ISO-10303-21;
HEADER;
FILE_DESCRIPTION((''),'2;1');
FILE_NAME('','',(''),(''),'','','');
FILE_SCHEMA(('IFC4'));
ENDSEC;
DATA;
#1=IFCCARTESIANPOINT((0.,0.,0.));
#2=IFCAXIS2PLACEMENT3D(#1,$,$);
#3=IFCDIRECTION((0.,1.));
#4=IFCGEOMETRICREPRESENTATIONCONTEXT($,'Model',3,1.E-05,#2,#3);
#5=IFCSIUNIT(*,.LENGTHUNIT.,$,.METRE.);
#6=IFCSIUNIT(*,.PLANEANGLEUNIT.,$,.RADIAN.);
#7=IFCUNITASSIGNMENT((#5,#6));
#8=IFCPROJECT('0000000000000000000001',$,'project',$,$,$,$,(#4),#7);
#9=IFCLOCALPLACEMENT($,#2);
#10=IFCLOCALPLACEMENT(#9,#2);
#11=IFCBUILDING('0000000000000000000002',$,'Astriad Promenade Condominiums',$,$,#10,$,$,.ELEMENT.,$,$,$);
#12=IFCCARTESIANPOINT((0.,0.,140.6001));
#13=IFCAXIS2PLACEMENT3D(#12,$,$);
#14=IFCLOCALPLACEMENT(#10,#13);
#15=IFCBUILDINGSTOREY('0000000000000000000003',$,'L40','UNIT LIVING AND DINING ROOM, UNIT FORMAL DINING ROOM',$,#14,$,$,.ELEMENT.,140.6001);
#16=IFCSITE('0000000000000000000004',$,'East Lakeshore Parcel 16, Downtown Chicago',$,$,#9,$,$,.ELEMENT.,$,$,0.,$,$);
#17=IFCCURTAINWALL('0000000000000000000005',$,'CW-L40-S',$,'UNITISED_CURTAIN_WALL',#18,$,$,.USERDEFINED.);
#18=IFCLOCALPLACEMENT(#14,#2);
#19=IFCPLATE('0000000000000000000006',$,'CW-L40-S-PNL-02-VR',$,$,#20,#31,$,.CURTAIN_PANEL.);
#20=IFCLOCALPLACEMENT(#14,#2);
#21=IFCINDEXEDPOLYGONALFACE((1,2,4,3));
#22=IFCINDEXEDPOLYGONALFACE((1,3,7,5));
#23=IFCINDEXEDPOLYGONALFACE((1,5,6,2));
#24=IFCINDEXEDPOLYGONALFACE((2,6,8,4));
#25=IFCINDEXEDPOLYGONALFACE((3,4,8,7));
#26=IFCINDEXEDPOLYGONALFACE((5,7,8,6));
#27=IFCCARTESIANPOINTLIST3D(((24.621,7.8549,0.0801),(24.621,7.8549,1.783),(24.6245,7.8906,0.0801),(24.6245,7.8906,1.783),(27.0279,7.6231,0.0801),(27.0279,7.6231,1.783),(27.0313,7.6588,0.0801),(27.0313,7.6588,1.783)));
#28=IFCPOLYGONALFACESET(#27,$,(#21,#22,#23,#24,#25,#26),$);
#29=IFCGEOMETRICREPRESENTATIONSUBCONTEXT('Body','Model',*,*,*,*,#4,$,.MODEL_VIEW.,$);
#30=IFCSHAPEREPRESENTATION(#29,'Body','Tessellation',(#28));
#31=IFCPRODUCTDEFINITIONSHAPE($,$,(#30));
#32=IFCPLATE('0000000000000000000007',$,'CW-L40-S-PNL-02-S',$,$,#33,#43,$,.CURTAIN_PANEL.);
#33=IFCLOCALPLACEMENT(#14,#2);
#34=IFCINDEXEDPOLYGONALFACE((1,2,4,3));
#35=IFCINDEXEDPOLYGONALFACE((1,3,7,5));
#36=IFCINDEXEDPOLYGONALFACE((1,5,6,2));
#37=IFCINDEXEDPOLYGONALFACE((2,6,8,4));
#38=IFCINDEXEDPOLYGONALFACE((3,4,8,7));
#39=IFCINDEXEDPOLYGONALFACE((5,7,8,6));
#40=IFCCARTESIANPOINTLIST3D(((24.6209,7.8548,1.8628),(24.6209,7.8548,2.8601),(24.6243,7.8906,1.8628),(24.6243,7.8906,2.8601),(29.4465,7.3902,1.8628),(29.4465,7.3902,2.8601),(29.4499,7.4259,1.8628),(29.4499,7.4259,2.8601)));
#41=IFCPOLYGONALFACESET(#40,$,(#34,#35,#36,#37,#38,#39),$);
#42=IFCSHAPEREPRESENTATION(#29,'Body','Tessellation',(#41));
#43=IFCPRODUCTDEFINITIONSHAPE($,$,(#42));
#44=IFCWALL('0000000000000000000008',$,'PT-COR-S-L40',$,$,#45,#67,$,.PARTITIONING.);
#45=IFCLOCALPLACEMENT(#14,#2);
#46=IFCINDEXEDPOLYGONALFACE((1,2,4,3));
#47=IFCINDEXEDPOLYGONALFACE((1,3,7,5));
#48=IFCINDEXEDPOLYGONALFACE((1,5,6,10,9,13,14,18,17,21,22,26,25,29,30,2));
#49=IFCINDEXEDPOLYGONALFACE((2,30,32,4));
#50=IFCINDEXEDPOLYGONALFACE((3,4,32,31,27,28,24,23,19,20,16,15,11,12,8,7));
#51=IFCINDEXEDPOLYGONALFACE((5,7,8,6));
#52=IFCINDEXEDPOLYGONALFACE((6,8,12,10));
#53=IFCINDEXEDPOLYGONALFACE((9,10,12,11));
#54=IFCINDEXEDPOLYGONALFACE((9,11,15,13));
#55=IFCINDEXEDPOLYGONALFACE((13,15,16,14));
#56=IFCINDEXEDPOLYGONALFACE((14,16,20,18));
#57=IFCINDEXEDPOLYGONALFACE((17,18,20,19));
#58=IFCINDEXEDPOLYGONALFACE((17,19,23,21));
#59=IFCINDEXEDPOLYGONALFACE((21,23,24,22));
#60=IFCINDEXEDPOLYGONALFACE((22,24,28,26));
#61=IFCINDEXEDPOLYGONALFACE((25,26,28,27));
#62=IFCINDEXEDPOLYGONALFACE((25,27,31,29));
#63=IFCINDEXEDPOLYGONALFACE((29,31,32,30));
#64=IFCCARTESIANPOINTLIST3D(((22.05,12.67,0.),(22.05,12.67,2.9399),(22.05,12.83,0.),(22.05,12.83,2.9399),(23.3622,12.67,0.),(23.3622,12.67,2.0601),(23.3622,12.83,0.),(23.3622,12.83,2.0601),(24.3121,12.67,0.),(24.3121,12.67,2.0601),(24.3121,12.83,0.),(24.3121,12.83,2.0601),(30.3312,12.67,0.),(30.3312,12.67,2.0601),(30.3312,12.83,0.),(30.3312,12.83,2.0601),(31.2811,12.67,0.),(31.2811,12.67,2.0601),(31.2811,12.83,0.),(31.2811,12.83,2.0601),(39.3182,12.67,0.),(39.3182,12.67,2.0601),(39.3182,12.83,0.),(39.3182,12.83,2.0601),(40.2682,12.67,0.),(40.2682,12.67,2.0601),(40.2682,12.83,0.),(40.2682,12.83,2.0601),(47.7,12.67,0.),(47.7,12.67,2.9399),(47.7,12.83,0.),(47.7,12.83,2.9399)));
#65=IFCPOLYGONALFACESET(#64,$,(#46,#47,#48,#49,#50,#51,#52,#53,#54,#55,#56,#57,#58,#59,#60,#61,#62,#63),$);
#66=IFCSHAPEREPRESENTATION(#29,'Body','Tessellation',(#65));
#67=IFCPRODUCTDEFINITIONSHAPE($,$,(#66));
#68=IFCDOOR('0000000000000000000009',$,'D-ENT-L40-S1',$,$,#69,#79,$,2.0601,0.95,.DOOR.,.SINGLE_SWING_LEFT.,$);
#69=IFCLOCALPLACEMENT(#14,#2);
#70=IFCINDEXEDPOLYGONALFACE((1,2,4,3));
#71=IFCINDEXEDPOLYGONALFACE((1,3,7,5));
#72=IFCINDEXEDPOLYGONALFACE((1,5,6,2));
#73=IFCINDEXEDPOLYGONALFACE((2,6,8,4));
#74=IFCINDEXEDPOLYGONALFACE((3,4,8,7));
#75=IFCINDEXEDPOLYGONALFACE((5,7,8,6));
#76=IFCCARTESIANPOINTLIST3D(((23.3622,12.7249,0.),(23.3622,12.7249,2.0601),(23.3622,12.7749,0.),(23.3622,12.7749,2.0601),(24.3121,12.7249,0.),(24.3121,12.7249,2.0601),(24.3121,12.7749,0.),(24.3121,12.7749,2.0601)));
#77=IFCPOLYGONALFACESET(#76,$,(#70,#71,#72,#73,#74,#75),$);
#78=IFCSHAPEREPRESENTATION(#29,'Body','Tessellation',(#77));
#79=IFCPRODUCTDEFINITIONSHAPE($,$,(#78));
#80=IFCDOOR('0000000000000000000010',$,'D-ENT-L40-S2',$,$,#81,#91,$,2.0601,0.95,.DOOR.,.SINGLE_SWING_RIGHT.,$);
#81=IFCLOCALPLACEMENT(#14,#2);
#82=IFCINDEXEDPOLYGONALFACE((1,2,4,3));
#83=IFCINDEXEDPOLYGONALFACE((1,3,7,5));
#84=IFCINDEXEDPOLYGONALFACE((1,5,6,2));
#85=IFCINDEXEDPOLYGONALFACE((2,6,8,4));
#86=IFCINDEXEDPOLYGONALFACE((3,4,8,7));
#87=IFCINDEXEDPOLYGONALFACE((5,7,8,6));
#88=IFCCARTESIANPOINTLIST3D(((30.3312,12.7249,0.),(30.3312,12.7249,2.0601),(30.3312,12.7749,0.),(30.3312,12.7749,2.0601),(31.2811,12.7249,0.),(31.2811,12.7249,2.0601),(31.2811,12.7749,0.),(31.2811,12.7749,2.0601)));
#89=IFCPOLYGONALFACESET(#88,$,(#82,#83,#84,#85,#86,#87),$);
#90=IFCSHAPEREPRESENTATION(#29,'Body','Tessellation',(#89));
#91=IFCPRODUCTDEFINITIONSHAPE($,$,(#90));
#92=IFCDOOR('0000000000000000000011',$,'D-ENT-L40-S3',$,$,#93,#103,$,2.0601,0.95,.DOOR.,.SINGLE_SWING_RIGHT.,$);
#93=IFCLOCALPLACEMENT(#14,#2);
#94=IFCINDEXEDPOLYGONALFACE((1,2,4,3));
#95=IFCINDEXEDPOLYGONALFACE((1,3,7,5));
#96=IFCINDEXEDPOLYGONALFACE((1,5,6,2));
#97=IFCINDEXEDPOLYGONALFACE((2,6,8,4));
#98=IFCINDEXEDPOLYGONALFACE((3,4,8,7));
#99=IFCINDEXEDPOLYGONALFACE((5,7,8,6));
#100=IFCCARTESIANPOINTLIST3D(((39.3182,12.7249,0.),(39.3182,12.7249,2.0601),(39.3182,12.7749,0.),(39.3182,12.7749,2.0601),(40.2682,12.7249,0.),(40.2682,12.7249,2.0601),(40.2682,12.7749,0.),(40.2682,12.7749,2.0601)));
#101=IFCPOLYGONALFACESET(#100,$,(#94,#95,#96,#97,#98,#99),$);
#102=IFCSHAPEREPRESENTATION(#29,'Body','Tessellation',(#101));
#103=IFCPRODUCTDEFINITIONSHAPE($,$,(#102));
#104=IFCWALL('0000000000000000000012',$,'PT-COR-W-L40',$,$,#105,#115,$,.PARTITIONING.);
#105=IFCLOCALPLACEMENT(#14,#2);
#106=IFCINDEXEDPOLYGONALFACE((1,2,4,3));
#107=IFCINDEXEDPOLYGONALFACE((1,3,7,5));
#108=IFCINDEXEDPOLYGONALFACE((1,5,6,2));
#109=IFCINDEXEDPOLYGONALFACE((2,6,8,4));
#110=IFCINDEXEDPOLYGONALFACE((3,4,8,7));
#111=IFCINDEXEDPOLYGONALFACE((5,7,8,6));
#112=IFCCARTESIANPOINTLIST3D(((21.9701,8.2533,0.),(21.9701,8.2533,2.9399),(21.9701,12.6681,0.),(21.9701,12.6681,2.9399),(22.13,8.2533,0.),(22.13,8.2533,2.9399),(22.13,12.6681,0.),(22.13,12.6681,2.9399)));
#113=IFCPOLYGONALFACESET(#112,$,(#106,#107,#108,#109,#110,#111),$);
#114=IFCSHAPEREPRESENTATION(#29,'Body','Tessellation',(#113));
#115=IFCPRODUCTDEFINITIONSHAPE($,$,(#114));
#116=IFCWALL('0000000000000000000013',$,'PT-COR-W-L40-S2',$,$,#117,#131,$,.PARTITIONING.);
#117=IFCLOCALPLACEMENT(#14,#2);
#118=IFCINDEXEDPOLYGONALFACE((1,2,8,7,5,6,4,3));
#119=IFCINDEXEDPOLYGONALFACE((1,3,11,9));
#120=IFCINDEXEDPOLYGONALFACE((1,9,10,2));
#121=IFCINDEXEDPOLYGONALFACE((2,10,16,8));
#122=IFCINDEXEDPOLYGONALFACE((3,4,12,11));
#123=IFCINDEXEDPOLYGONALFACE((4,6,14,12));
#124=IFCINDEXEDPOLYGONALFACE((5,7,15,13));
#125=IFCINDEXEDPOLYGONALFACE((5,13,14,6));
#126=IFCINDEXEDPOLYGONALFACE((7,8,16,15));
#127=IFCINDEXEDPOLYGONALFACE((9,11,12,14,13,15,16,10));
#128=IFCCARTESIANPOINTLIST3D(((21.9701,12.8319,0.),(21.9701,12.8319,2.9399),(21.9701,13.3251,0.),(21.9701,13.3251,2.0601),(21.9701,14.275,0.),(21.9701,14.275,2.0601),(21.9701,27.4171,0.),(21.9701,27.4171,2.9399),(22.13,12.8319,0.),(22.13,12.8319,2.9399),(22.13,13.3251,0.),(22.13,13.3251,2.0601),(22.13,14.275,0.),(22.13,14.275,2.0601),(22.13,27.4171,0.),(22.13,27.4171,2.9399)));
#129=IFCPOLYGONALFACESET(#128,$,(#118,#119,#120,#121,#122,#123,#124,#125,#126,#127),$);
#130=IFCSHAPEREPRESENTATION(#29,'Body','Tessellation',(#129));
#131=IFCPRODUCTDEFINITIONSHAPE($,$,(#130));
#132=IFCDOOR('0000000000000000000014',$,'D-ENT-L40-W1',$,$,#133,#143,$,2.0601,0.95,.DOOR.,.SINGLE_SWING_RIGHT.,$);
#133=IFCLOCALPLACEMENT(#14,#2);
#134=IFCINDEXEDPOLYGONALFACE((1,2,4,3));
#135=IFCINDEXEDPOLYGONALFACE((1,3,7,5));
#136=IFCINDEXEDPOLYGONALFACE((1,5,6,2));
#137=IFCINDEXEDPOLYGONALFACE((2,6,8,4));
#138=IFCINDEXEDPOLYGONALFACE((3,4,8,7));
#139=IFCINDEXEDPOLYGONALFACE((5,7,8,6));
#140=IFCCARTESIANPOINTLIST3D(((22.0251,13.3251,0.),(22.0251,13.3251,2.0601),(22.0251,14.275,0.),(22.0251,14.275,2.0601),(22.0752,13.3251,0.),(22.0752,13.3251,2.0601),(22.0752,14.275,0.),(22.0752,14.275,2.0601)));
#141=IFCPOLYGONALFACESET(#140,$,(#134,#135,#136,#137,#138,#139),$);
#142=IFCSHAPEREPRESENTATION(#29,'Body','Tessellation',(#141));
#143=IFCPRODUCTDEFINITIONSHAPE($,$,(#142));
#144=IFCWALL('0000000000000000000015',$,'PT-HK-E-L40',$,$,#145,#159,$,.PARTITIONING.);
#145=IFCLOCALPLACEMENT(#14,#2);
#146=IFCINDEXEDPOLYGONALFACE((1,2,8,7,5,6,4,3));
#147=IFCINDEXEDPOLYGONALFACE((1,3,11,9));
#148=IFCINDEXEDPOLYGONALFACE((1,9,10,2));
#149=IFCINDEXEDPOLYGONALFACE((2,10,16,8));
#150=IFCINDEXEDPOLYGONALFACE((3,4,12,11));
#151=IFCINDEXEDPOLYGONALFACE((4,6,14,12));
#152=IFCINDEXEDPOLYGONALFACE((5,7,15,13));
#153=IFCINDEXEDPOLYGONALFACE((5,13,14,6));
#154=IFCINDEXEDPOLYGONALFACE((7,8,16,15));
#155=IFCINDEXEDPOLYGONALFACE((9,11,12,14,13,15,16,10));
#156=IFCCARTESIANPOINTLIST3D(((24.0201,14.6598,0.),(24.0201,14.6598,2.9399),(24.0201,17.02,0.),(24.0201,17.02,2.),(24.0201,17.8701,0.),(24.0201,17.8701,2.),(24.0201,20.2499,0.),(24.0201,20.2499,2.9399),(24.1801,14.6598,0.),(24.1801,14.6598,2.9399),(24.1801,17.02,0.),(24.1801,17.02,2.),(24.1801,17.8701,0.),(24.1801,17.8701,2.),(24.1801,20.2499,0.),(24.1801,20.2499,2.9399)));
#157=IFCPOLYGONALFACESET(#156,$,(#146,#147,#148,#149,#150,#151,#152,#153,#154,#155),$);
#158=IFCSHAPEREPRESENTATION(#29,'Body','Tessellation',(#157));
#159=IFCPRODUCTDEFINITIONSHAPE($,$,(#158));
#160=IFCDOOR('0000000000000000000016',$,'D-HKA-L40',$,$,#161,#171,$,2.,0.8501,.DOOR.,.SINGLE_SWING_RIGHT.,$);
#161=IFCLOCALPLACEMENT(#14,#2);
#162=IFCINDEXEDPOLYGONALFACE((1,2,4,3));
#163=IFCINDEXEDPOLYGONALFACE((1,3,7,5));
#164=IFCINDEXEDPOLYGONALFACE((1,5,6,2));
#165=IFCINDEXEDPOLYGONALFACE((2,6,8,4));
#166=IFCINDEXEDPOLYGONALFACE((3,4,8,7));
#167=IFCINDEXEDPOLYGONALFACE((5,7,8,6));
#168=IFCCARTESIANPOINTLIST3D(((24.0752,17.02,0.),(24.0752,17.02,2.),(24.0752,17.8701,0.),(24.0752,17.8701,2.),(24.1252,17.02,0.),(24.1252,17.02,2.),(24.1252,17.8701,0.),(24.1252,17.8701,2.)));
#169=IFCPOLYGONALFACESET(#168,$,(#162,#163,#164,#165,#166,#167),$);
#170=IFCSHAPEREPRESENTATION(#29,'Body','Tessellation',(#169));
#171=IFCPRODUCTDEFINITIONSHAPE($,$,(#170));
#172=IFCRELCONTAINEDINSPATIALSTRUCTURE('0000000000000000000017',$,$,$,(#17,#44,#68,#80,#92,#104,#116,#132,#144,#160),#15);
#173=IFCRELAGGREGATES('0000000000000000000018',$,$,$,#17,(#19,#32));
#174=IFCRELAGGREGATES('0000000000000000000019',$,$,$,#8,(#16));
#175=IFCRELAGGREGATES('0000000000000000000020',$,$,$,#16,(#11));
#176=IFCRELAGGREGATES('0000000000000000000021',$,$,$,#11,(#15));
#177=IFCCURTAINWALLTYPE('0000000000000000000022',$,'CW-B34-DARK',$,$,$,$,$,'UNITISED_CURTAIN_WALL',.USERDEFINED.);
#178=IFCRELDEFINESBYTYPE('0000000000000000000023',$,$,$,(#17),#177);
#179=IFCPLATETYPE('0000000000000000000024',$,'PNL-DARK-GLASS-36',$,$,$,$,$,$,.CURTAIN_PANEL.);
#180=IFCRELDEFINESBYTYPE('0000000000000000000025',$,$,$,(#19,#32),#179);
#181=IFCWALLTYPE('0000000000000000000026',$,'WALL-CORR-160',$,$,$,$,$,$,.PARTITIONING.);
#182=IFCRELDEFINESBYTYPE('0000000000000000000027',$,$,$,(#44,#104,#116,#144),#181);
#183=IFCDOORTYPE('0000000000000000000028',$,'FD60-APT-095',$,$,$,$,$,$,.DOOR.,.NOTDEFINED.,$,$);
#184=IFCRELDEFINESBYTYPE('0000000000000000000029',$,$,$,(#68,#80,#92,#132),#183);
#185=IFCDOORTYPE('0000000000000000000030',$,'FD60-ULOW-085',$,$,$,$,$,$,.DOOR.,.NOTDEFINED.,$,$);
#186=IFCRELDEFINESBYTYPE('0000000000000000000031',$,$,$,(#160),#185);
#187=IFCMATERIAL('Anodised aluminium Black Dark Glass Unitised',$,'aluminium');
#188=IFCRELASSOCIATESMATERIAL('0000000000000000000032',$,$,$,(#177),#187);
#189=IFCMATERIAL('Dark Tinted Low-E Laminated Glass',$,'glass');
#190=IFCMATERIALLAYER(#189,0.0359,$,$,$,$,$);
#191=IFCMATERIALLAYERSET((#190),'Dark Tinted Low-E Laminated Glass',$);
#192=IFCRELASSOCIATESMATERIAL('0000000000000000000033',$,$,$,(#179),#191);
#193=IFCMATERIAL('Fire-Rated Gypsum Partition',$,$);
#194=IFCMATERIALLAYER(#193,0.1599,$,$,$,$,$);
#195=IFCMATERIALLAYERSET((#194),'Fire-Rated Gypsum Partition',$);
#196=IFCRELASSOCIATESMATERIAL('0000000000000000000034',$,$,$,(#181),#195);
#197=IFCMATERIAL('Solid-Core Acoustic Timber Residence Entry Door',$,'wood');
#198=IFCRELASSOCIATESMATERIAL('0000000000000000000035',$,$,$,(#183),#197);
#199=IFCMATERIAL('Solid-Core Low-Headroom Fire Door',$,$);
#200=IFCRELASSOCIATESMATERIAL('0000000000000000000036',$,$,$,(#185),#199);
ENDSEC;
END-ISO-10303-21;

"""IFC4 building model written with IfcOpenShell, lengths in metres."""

from ifc_helpers import new_model, si_unit, direction, frame, frame_2d, origin, origin_2d, place, context, subcontext, project, spatial, rectangle, extrude, source, transform, mapped, material, layer, layer_set, type_object, type_shapes, element, fill, aggregate, save


model = new_model("IFC4")

# Units and contexts
model_context = context("Model", 3, precision=1e-05, world=origin(), true_north=direction((0.0, 1.0)))
body_context = subcontext(model_context, "Body", "Model", "MODEL_VIEW")
ifc_project = project(units=[si_unit("LENGTHUNIT", "METRE"), si_unit("PLANEANGLEUNIT", "RADIAN")], contexts=[model_context])

# Site, building, storey
site_placement = place(None, origin())
site = spatial("IfcSite", under=ifc_project, at=site_placement, Name="East Lakeshore Parcel 16, Downtown Chicago", CompositionType="ELEMENT", RefElevation=0.0)
building_placement = place(site_placement, origin())
building = spatial("IfcBuilding", under=site, at=building_placement, Name="Astriad Promenade Condominiums", CompositionType="ELEMENT")
storey_placement = place(building_placement, frame((0.0, 0.0, 140.6001)))
storey = spatial("IfcBuildingStorey", under=building, at=storey_placement, Name="L40", Description="UNIT LIVING AND DINING ROOM, UNIT FORMAL DINING ROOM", CompositionType="ELEMENT", Elevation=140.6001)

# Curtain wall, plates
ifc_material_1 = material(Name="Anodised aluminium Black Dark Glass Unitised", Category="aluminium")
curtain_wall_type = type_object("IfcCurtainWallType", Name="CW-B34-DARK", ElementType="UNITISED_CURTAIN_WALL", PredefinedType="USERDEFINED", material=ifc_material_1)
curtain_wall_placement = place(storey_placement, origin())
curtain_wall = element("IfcCurtainWall", 1, at=curtain_wall_placement, inside=storey, type_object=curtain_wall_type, Name="CW-L40-S", ObjectType="UNITISED_CURTAIN_WALL", PredefinedType="USERDEFINED")
ifc_material_2 = material(Name="Dark Tinted Low-E Laminated Glass", Category="glass")
ifc_layer_1 = layer(ifc_material_2, 0.0359)
ifc_layer_set_1 = layer_set([ifc_layer_1], Name="Dark Tinted Low-E Laminated Glass")
plate_type = type_object("IfcPlateType", Name="PNL-DARK-GLASS-36", PredefinedType="CURTAIN_PANEL", material=ifc_layer_set_1)
shared_shape_1 = source(origin(), body_context, "Body", "SweptSolid", [
    extrude(rectangle(XDim=2.418, YDim=0.0359, at=origin_2d()), origin(), (0.0, 0.0, 1.0), 1.7029),
])
plate_1_placement = place(storey_placement, frame((25.8262, 7.7568, 0.0801), z_axis=(0.0, 0.0, 1.0), x_axis=(-0.995396, 0.095846, 0.0)))
plate_1 = element("IfcPlate", 2, at=plate_1_placement, type_object=plate_type, Name="CW-L40-S-PNL-02-VR", PredefinedType="CURTAIN_PANEL", context=body_context, shape_type="MappedRepresentation", body=[
    mapped(shared_shape_1, transform((0.0, 0.0, 0.0), scale=1.0)),
])
shared_shape_2 = source(origin(), body_context, "Body", "SweptSolid", [
    extrude(rectangle(XDim=4.8479, YDim=0.0359, at=origin_2d()), origin(), (0.0, 0.0, 1.0), 0.9973),
])
type_shapes(plate_type, [shared_shape_1, shared_shape_2])
plate_2_placement = place(storey_placement, frame((27.0354, 7.6404, 1.8628), z_axis=(0.0, 0.0, 1.0), x_axis=(-0.995396, 0.095846, 0.0)))
plate_2 = element("IfcPlate", 3, at=plate_2_placement, type_object=plate_type, Name="CW-L40-S-PNL-02-S", PredefinedType="CURTAIN_PANEL", context=body_context, shape_type="MappedRepresentation", body=[
    mapped(shared_shape_2, transform((0.0, 0.0, 0.0), scale=1.0)),
])
aggregate(curtain_wall, [plate_1, plate_2])

# Wall, openings, doors
ifc_material_3 = material(Name="Fire-Rated Gypsum Partition")
ifc_layer_2 = layer(ifc_material_3, 0.1599)
ifc_layer_set_2 = layer_set([ifc_layer_2], Name="Fire-Rated Gypsum Partition")
wall_type_1 = type_object("IfcWallType", Name="WALL-CORR-160", PredefinedType="PARTITIONING", material=ifc_layer_set_2)
wall_1_placement = place(storey_placement, frame((22.05, 12.75, 0.0), z_axis=(0.0, 0.0, 1.0), x_axis=(1.0, 0.0, 0.0)))
wall_1 = element("IfcWall", 4, at=wall_1_placement, inside=storey, type_object=wall_type_1, Name="PT-COR-S-L40", PredefinedType="PARTITIONING", context=body_context, shape_type="SweptSolid", body=[
    extrude(rectangle(XDim=25.6499, YDim=0.1599, at=frame_2d((12.825, 0.0))), origin(), (0.0, 0.0, 1.0), 2.9399),
])
opening_1_placement = place(wall_1_placement, frame((1.312, 0.0, 0.0)))
opening_1 = element("IfcOpeningElement", 5, at=opening_1_placement, cuts=wall_1, PredefinedType="OPENING", context=body_context, shape_type="SweptSolid", body=[
    extrude(rectangle(XDim=0.95, YDim=2.0601, at=frame_2d((0.4751, 1.03))), frame((0.0, 0.0898, 0.0), z_axis=(0.0, -1.0, 0.0), x_axis=(1.0, 0.0, 0.0)), (0.0, 0.0, 1.0), 0.1799),
])
opening_2_placement = place(wall_1_placement, frame((8.281, 0.0, 0.0)))
opening_2 = element("IfcOpeningElement", 6, at=opening_2_placement, cuts=wall_1, PredefinedType="OPENING", context=body_context, shape_type="SweptSolid", body=[
    extrude(rectangle(XDim=0.95, YDim=2.0601, at=frame_2d((0.4751, 1.03))), frame((0.0, 0.0898, 0.0), z_axis=(0.0, -1.0, 0.0), x_axis=(1.0, 0.0, 0.0)), (0.0, 0.0, 1.0), 0.1799),
])
opening_3_placement = place(wall_1_placement, frame((17.2681, 0.0, 0.0)))
opening_3 = element("IfcOpeningElement", 7, at=opening_3_placement, cuts=wall_1, PredefinedType="OPENING", context=body_context, shape_type="SweptSolid", body=[
    extrude(rectangle(XDim=0.95, YDim=2.0601, at=frame_2d((0.4751, 1.03))), frame((0.0, 0.0898, 0.0), z_axis=(0.0, -1.0, 0.0), x_axis=(1.0, 0.0, 0.0)), (0.0, 0.0, 1.0), 0.1799),
])
ifc_material_4 = material(Name="Solid-Core Acoustic Timber Residence Entry Door", Category="wood")
door_type_1 = type_object("IfcDoorType", Name="FD60-APT-095", OperationType="NOTDEFINED", PredefinedType="DOOR", material=ifc_material_4)
shared_shape_3 = source(origin(), body_context, "Body", "SweptSolid", [
    extrude(rectangle(XDim=0.95, YDim=2.0601, at=frame_2d((0.4751, 1.03))), frame((0.0, 0.0249, 0.0), z_axis=(0.0, -1.0, 0.0), x_axis=(1.0, 0.0, 0.0)), (0.0, 0.0, 1.0), 0.05),
])
type_shapes(door_type_1, [shared_shape_3])
door_1_placement = place(opening_1_placement, origin())
door_1 = element("IfcDoor", 8, at=door_1_placement, inside=storey, type_object=door_type_1, Name="D-ENT-L40-S1", OperationType="SINGLE_SWING_LEFT", OverallHeight=2.0601, OverallWidth=0.95, PredefinedType="DOOR", context=body_context, shape_type="MappedRepresentation", body=[
    mapped(shared_shape_3, transform((0.0, 0.0, 0.0), scale=1.0)),
])
fill(opening_1, door_1)
door_2_placement = place(opening_2_placement, origin())
door_2 = element("IfcDoor", 9, at=door_2_placement, inside=storey, type_object=door_type_1, Name="D-ENT-L40-S2", OperationType="SINGLE_SWING_RIGHT", OverallHeight=2.0601, OverallWidth=0.95, PredefinedType="DOOR", context=body_context, shape_type="MappedRepresentation", body=[
    mapped(shared_shape_3, transform((0.0, 0.0, 0.0), scale=1.0)),
])
fill(opening_2, door_2)
door_3_placement = place(opening_3_placement, origin())
door_3 = element("IfcDoor", 10, at=door_3_placement, inside=storey, type_object=door_type_1, Name="D-ENT-L40-S3", OperationType="SINGLE_SWING_RIGHT", OverallHeight=2.0601, OverallWidth=0.95, PredefinedType="DOOR", context=body_context, shape_type="MappedRepresentation", body=[
    mapped(shared_shape_3, transform((0.0, 0.0, 0.0), scale=1.0)),
])
fill(opening_3, door_3)

# Wall
wall_2_placement = place(storey_placement, frame((22.05, 8.2532, 0.0), z_axis=(0.0, 0.0, 1.0), x_axis=(0.0, 1.0, 0.0)))
element("IfcWall", 11, at=wall_2_placement, inside=storey, type_object=wall_type_1, Name="PT-COR-W-L40", PredefinedType="PARTITIONING", context=body_context, shape_type="SweptSolid", body=[
    extrude(rectangle(XDim=4.4148, YDim=0.1599, at=frame_2d((2.2075, 0.0))), origin(), (0.0, 0.0, 1.0), 2.9399),
])

# Walls, openings, doors
wall_3_placement = place(storey_placement, frame((22.05, 12.832, 0.0), z_axis=(0.0, 0.0, 1.0), x_axis=(0.0, 1.0, 0.0)))
wall_3 = element("IfcWall", 12, at=wall_3_placement, inside=storey, type_object=wall_type_1, Name="PT-COR-W-L40-S2", PredefinedType="PARTITIONING", context=body_context, shape_type="SweptSolid", body=[
    extrude(rectangle(XDim=14.5852, YDim=0.1599, at=frame_2d((7.2925, 0.0))), origin(), (0.0, 0.0, 1.0), 2.9399),
])
opening_4_placement = place(wall_3_placement, frame((0.4929, 0.0, 0.0)))
opening_4 = element("IfcOpeningElement", 13, at=opening_4_placement, cuts=wall_3, PredefinedType="OPENING", context=body_context, shape_type="SweptSolid", body=[
    extrude(rectangle(XDim=0.95, YDim=2.0601, at=frame_2d((0.4751, 1.03))), frame((0.0, 0.0898, 0.0), z_axis=(0.0, -1.0, 0.0), x_axis=(1.0, 0.0, 0.0)), (0.0, 0.0, 1.0), 0.1799),
])
door_4_placement = place(opening_4_placement, origin())
door_4 = element("IfcDoor", 14, at=door_4_placement, inside=storey, type_object=door_type_1, Name="D-ENT-L40-W1", OperationType="SINGLE_SWING_RIGHT", OverallHeight=2.0601, OverallWidth=0.95, PredefinedType="DOOR", context=body_context, shape_type="MappedRepresentation", body=[
    mapped(shared_shape_3, transform((0.0, 0.0, 0.0), scale=1.0)),
])
fill(opening_4, door_4)
wall_4_placement = place(storey_placement, frame((24.1001, 14.6599, 0.0), z_axis=(0.0, 0.0, 1.0), x_axis=(0.0, 1.0, 0.0)))
wall_4 = element("IfcWall", 15, at=wall_4_placement, inside=storey, type_object=wall_type_1, Name="PT-HK-E-L40", PredefinedType="PARTITIONING", context=body_context, shape_type="SweptSolid", body=[
    extrude(rectangle(XDim=5.5901, YDim=0.1599, at=frame_2d((2.7949, 0.0))), origin(), (0.0, 0.0, 1.0), 2.9399),
])
opening_5_placement = place(wall_4_placement, frame((2.3601, 0.0, 0.0)))
opening_5 = element("IfcOpeningElement", 16, at=opening_5_placement, cuts=wall_4, PredefinedType="OPENING", context=body_context, shape_type="SweptSolid", body=[
    extrude(rectangle(XDim=0.8501, YDim=2.0, at=frame_2d((0.425, 1.0))), frame((0.0, 0.0898, 0.0), z_axis=(0.0, -1.0, 0.0), x_axis=(1.0, 0.0, 0.0)), (0.0, 0.0, 1.0), 0.1799),
])
ifc_material_5 = material(Name="Solid-Core Low-Headroom Fire Door")
door_type_2 = type_object("IfcDoorType", Name="FD60-ULOW-085", OperationType="NOTDEFINED", PredefinedType="DOOR", material=ifc_material_5)
shared_shape_4 = source(origin(), body_context, "Body", "SweptSolid", [
    extrude(rectangle(XDim=0.8501, YDim=2.0, at=frame_2d((0.425, 1.0))), frame((0.0, 0.0249, 0.0), z_axis=(0.0, -1.0, 0.0), x_axis=(1.0, 0.0, 0.0)), (0.0, 0.0, 1.0), 0.05),
])
type_shapes(door_type_2, [shared_shape_4])
door_5_placement = place(opening_5_placement, origin())
door_5 = element("IfcDoor", 17, at=door_5_placement, inside=storey, type_object=door_type_2, Name="D-HKA-L40", OperationType="SINGLE_SWING_RIGHT", OverallHeight=2.0, OverallWidth=0.8501, PredefinedType="DOOR", context=body_context, shape_type="MappedRepresentation", body=[
    mapped(shared_shape_4, transform((0.0, 0.0, 0.0), scale=1.0)),
])
fill(opening_5, door_5)

save(model, "model.ifc")
